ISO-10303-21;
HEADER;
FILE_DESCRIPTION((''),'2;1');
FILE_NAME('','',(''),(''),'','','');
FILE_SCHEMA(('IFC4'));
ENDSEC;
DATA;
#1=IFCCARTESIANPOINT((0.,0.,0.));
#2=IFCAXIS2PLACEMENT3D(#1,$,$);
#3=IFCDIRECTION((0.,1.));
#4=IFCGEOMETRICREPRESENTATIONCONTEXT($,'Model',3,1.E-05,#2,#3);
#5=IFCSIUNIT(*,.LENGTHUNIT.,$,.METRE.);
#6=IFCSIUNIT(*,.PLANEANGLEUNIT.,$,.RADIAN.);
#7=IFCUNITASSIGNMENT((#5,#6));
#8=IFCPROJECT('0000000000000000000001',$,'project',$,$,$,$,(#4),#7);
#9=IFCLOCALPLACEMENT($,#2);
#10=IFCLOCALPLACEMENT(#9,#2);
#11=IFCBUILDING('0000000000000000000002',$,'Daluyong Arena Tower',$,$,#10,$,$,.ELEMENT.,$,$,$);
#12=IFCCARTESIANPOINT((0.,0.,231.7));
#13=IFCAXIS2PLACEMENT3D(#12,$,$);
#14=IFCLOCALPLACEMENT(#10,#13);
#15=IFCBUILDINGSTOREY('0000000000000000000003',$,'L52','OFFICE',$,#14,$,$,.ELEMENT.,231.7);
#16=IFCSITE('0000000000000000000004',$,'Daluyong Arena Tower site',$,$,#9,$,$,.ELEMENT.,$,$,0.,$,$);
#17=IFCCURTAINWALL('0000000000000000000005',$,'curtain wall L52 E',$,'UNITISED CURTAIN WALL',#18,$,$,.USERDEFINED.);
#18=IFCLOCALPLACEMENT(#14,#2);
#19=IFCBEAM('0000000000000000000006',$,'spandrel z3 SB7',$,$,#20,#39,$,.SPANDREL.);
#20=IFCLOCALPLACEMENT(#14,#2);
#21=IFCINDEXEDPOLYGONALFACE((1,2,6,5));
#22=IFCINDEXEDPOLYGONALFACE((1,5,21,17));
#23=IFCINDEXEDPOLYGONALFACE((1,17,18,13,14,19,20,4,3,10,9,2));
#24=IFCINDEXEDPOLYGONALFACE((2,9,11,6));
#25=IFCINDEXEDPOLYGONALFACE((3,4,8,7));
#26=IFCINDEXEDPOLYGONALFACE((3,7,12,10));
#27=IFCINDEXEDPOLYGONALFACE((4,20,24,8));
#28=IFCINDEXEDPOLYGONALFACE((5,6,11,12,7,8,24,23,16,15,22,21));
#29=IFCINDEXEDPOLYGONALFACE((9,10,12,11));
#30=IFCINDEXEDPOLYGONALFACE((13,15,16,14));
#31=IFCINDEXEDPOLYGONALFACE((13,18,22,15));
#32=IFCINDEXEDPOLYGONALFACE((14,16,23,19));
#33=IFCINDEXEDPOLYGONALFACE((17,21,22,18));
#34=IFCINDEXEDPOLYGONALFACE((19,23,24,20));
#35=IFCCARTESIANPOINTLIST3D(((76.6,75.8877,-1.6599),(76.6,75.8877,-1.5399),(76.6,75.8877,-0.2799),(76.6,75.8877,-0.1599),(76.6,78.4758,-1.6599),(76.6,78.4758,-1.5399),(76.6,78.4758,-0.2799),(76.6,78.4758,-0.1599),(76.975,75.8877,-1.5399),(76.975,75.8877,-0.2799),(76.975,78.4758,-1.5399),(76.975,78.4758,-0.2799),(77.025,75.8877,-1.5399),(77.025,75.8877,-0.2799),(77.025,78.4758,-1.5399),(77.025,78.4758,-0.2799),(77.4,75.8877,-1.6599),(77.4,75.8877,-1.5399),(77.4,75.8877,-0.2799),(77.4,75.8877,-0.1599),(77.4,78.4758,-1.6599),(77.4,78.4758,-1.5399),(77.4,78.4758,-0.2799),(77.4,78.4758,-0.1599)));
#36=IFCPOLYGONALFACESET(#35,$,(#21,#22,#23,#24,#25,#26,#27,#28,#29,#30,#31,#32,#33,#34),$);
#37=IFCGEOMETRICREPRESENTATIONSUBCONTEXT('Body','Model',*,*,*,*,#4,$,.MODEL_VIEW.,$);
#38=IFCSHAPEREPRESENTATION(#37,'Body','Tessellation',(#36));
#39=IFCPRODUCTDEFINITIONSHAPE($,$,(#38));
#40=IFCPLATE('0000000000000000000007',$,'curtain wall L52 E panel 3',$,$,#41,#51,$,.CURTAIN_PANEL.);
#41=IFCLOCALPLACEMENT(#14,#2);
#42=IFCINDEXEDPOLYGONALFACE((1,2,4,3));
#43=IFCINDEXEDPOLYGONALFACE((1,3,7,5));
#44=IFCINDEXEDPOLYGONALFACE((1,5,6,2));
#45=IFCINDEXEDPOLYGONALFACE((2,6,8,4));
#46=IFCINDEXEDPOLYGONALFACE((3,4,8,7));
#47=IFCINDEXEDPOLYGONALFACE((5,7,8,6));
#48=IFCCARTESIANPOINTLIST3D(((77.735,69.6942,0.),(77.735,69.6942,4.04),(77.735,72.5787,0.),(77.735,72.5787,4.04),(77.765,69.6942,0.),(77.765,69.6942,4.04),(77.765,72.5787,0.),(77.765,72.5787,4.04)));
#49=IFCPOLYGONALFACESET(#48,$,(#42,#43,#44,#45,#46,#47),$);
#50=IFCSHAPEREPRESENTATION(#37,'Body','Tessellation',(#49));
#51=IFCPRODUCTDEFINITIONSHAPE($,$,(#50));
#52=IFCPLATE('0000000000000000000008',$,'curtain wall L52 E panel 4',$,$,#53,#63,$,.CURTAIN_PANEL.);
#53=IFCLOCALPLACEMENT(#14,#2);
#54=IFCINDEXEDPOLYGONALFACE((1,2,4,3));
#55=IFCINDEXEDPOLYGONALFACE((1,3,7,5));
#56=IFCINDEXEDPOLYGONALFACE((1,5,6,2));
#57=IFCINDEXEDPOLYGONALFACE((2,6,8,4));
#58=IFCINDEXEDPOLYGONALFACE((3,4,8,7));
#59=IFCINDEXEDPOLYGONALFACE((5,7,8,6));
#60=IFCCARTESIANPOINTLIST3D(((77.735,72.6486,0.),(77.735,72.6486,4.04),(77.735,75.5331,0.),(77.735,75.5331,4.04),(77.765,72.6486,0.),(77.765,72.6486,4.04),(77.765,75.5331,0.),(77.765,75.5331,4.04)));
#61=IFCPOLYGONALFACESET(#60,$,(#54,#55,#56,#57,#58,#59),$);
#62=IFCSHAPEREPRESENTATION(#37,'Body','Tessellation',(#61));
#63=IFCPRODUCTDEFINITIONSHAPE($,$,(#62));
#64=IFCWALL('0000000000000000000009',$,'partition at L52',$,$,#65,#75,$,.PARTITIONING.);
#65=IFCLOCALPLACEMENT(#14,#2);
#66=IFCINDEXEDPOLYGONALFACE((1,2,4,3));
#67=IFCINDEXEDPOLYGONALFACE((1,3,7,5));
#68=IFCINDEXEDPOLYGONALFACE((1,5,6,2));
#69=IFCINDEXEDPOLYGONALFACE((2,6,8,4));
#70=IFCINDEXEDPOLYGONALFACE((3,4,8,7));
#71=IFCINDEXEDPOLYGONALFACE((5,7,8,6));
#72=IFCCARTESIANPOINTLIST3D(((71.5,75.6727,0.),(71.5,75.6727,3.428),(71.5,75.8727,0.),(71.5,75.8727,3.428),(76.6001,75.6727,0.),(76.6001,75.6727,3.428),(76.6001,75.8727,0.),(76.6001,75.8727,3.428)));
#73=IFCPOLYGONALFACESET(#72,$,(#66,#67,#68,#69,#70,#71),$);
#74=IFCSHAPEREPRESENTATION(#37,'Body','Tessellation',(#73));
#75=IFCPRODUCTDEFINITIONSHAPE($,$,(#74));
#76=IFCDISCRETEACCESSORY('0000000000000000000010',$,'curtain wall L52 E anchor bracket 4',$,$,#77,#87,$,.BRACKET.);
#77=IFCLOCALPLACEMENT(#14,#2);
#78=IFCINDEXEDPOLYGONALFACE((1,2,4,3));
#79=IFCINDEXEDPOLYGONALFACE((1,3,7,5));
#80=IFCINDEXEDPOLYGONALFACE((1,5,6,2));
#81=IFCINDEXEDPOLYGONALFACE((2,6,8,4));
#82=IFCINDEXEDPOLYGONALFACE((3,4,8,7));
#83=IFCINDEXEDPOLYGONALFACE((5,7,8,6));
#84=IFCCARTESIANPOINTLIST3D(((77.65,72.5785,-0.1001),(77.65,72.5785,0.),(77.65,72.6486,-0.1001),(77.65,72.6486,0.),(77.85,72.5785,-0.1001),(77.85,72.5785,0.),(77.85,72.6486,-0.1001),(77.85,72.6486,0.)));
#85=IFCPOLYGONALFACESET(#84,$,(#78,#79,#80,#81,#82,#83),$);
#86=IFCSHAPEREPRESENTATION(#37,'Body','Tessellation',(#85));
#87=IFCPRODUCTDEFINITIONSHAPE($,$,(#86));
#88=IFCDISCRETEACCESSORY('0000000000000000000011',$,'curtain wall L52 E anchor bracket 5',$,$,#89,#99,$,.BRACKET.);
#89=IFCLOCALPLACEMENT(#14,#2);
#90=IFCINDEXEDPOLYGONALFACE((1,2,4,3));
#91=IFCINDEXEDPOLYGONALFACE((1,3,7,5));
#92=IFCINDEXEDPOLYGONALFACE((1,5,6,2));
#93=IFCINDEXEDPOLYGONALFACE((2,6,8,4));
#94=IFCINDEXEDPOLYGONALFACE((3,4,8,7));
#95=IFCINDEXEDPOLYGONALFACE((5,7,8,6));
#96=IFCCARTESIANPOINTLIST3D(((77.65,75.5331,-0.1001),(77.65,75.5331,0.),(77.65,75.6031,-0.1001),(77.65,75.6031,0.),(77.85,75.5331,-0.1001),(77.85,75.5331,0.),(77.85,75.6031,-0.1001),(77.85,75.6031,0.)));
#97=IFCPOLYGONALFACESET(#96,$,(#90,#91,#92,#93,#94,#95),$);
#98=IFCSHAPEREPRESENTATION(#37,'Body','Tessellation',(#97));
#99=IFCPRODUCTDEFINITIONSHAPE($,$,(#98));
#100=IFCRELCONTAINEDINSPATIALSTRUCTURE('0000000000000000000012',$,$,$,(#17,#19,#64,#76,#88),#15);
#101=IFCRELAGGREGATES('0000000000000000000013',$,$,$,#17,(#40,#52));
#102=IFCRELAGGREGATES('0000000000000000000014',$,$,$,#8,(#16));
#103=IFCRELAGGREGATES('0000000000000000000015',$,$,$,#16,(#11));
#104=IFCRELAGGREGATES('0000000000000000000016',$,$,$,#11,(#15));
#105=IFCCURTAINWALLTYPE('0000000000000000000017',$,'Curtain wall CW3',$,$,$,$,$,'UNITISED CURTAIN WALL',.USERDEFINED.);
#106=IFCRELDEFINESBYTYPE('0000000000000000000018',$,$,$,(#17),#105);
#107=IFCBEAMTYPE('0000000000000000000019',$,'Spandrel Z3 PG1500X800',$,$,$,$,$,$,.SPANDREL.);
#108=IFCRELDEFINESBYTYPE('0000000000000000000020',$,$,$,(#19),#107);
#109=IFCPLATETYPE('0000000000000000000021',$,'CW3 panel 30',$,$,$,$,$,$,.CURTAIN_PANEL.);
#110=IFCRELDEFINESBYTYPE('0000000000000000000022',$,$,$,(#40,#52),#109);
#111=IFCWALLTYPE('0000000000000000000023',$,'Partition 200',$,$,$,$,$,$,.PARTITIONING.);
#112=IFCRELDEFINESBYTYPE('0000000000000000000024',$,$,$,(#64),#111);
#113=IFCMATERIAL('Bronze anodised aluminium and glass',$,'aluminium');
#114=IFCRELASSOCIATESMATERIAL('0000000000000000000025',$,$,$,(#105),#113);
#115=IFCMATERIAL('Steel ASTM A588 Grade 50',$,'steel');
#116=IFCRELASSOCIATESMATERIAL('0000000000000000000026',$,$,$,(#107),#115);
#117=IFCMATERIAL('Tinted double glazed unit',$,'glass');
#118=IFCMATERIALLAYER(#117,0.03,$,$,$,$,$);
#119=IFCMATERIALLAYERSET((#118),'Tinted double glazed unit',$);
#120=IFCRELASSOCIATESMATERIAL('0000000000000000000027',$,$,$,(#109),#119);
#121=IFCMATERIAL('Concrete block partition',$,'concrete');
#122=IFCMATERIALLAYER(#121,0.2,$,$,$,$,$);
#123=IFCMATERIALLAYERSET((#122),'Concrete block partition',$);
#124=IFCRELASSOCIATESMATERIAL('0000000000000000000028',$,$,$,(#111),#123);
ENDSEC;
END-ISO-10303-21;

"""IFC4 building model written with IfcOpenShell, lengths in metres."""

from ifc_helpers import new_model, si_unit, direction, frame, frame_2d, origin, origin_2d, place, context, subcontext, project, spatial, rectangle, i_section, extrude, material, layer, layer_set, material_profile, profile_set, type_object, element, aggregate, save


model = new_model("IFC4")

# Units and contexts
model_context = context("Model", 3, precision=1e-05, world=origin(), true_north=direction((0.0, 1.0)))
body_context = subcontext(model_context, "Body", "Model", "MODEL_VIEW")
ifc_project = project(units=[si_unit("LENGTHUNIT", "METRE"), si_unit("PLANEANGLEUNIT", "RADIAN")], contexts=[model_context])

# Site, building, storey
site_placement = place(None, origin())
site = spatial("IfcSite", under=ifc_project, at=site_placement, Name="Daluyong Arena Tower site", CompositionType="ELEMENT", RefElevation=0.0)
building_placement = place(site_placement, origin())
building = spatial("IfcBuilding", under=site, at=building_placement, Name="Daluyong Arena Tower", CompositionType="ELEMENT")
storey_placement = place(building_placement, frame((0.0, 0.0, 231.7)))
storey = spatial("IfcBuildingStorey", under=building, at=storey_placement, Name="L52", Description="OFFICE", CompositionType="ELEMENT", Elevation=231.7)

# Curtain wall
ifc_material_1 = material(Name="Bronze anodised aluminium and glass", Category="aluminium")
curtain_wall_type = type_object("IfcCurtainWallType", Name="Curtain wall CW3", ElementType="UNITISED CURTAIN WALL", PredefinedType="USERDEFINED", material=ifc_material_1)
curtain_wall_placement = place(storey_placement, origin())
curtain_wall = element("IfcCurtainWall", 1, at=curtain_wall_placement, inside=storey, type_object=curtain_wall_type, Name="curtain wall L52 E", ObjectType="UNITISED CURTAIN WALL", PredefinedType="USERDEFINED")

# Beam
ifc_material_2 = material(Name="Steel ASTM A588 Grade 50", Category="steel")
ifc_material_profile_1 = material_profile(ifc_material_2, i_section(OverallWidth=0.8, OverallDepth=1.5, WebThickness=0.05, FlangeThickness=0.12, at=origin_2d()))
ifc_profile_set_1 = profile_set([ifc_material_profile_1], Name="Steel ASTM A588 Grade 50")
beam_type_1 = type_object("IfcBeamType", Name="Spandrel Z3 PG1500X800", PredefinedType="SPANDREL", material=ifc_profile_set_1)
for number, where, z_axis, x_axis, name in (
    (2, (77.0, 75.8877, -0.9099), (0.0, 1.0, 0.0), (-1.0, 0.0, 0.0), "spandrel z3 SB7"),
):
    element("IfcBeam", number, at=place(storey_placement, frame(where, z_axis=z_axis, x_axis=x_axis)), inside=storey, type_object=beam_type_1, Name=name, PredefinedType="SPANDREL", context=body_context, shape_type="SweptSolid", body=[
        extrude(i_section(OverallWidth=0.8, OverallDepth=1.5, WebThickness=0.05, FlangeThickness=0.12, at=origin_2d()), origin(), (0.0, 0.0, 1.0), 2.5881),
    ])

# Plates
ifc_material_3 = material(Name="Tinted double glazed unit", Category="glass")
ifc_layer_1 = layer(ifc_material_3, 0.03)
ifc_layer_set_1 = layer_set([ifc_layer_1], Name="Tinted double glazed unit")
plate_type = type_object("IfcPlateType", Name="CW3 panel 30", PredefinedType="CURTAIN_PANEL", material=ifc_layer_set_1)
plate_1_placement = place(storey_placement, frame((77.75, 71.1365, 0.0), z_axis=(0.0, 0.0, 1.0), x_axis=(0.0, 1.0, 0.0)))
plate_1 = element("IfcPlate", 3, at=plate_1_placement, type_object=plate_type, Name="curtain wall L52 E panel 3", PredefinedType="CURTAIN_PANEL", context=body_context, shape_type="SweptSolid", body=[
    extrude(rectangle(XDim=2.8845, YDim=0.03, at=origin_2d()), origin(), (0.0, 0.0, 1.0), 4.04),
])
plate_2_placement = place(storey_placement, frame((77.75, 74.0908, 0.0), z_axis=(0.0, 0.0, 1.0), x_axis=(0.0, 1.0, 0.0)))
plate_2 = element("IfcPlate", 4, at=plate_2_placement, type_object=plate_type, Name="curtain wall L52 E panel 4", PredefinedType="CURTAIN_PANEL", context=body_context, shape_type="SweptSolid", body=[
    extrude(rectangle(XDim=2.8845, YDim=0.03, at=origin_2d()), origin(), (0.0, 0.0, 1.0), 4.04),
])
aggregate(curtain_wall, [plate_1, plate_2])

# Wall
ifc_material_4 = material(Name="Concrete block partition", Category="concrete")
ifc_layer_2 = layer(ifc_material_4, 0.2)
ifc_layer_set_2 = layer_set([ifc_layer_2], Name="Concrete block partition")
wall_type = type_object("IfcWallType", Name="Partition 200", PredefinedType="PARTITIONING", material=ifc_layer_set_2)
wall_placement = place(storey_placement, frame((71.5, 75.7727, 0.0), z_axis=(0.0, 0.0, 1.0), x_axis=(1.0, 0.0, 0.0)))
element("IfcWall", 5, at=wall_placement, inside=storey, type_object=wall_type, Name="partition at L52", PredefinedType="PARTITIONING", context=body_context, shape_type="SweptSolid", body=[
    extrude(rectangle(XDim=5.1001, YDim=0.2, at=frame_2d((2.55, 0.0))), origin(), (0.0, 0.0, 1.0), 3.428),
])

# Discrete accessories
for number, where, z_axis, x_axis, name in (
    (6, (77.75, 72.6135, -0.1001), (0.0, 0.0, 1.0), (0.0, 1.0, 0.0), "curtain wall L52 E anchor bracket 4"),
    (7, (77.75, 75.5681, -0.1001), (0.0, 0.0, 1.0), (0.0, 1.0, 0.0), "curtain wall L52 E anchor bracket 5"),
):
    element("IfcDiscreteAccessory", number, at=place(storey_placement, frame(where, z_axis=z_axis, x_axis=x_axis)), inside=storey, Name=name, PredefinedType="BRACKET", context=body_context, shape_type="SweptSolid", body=[
        extrude(rectangle(XDim=0.0701, YDim=0.2, at=origin_2d()), origin(), (0.0, 0.0, 1.0), 0.1001),
    ])

save(model, "model.ifc")
